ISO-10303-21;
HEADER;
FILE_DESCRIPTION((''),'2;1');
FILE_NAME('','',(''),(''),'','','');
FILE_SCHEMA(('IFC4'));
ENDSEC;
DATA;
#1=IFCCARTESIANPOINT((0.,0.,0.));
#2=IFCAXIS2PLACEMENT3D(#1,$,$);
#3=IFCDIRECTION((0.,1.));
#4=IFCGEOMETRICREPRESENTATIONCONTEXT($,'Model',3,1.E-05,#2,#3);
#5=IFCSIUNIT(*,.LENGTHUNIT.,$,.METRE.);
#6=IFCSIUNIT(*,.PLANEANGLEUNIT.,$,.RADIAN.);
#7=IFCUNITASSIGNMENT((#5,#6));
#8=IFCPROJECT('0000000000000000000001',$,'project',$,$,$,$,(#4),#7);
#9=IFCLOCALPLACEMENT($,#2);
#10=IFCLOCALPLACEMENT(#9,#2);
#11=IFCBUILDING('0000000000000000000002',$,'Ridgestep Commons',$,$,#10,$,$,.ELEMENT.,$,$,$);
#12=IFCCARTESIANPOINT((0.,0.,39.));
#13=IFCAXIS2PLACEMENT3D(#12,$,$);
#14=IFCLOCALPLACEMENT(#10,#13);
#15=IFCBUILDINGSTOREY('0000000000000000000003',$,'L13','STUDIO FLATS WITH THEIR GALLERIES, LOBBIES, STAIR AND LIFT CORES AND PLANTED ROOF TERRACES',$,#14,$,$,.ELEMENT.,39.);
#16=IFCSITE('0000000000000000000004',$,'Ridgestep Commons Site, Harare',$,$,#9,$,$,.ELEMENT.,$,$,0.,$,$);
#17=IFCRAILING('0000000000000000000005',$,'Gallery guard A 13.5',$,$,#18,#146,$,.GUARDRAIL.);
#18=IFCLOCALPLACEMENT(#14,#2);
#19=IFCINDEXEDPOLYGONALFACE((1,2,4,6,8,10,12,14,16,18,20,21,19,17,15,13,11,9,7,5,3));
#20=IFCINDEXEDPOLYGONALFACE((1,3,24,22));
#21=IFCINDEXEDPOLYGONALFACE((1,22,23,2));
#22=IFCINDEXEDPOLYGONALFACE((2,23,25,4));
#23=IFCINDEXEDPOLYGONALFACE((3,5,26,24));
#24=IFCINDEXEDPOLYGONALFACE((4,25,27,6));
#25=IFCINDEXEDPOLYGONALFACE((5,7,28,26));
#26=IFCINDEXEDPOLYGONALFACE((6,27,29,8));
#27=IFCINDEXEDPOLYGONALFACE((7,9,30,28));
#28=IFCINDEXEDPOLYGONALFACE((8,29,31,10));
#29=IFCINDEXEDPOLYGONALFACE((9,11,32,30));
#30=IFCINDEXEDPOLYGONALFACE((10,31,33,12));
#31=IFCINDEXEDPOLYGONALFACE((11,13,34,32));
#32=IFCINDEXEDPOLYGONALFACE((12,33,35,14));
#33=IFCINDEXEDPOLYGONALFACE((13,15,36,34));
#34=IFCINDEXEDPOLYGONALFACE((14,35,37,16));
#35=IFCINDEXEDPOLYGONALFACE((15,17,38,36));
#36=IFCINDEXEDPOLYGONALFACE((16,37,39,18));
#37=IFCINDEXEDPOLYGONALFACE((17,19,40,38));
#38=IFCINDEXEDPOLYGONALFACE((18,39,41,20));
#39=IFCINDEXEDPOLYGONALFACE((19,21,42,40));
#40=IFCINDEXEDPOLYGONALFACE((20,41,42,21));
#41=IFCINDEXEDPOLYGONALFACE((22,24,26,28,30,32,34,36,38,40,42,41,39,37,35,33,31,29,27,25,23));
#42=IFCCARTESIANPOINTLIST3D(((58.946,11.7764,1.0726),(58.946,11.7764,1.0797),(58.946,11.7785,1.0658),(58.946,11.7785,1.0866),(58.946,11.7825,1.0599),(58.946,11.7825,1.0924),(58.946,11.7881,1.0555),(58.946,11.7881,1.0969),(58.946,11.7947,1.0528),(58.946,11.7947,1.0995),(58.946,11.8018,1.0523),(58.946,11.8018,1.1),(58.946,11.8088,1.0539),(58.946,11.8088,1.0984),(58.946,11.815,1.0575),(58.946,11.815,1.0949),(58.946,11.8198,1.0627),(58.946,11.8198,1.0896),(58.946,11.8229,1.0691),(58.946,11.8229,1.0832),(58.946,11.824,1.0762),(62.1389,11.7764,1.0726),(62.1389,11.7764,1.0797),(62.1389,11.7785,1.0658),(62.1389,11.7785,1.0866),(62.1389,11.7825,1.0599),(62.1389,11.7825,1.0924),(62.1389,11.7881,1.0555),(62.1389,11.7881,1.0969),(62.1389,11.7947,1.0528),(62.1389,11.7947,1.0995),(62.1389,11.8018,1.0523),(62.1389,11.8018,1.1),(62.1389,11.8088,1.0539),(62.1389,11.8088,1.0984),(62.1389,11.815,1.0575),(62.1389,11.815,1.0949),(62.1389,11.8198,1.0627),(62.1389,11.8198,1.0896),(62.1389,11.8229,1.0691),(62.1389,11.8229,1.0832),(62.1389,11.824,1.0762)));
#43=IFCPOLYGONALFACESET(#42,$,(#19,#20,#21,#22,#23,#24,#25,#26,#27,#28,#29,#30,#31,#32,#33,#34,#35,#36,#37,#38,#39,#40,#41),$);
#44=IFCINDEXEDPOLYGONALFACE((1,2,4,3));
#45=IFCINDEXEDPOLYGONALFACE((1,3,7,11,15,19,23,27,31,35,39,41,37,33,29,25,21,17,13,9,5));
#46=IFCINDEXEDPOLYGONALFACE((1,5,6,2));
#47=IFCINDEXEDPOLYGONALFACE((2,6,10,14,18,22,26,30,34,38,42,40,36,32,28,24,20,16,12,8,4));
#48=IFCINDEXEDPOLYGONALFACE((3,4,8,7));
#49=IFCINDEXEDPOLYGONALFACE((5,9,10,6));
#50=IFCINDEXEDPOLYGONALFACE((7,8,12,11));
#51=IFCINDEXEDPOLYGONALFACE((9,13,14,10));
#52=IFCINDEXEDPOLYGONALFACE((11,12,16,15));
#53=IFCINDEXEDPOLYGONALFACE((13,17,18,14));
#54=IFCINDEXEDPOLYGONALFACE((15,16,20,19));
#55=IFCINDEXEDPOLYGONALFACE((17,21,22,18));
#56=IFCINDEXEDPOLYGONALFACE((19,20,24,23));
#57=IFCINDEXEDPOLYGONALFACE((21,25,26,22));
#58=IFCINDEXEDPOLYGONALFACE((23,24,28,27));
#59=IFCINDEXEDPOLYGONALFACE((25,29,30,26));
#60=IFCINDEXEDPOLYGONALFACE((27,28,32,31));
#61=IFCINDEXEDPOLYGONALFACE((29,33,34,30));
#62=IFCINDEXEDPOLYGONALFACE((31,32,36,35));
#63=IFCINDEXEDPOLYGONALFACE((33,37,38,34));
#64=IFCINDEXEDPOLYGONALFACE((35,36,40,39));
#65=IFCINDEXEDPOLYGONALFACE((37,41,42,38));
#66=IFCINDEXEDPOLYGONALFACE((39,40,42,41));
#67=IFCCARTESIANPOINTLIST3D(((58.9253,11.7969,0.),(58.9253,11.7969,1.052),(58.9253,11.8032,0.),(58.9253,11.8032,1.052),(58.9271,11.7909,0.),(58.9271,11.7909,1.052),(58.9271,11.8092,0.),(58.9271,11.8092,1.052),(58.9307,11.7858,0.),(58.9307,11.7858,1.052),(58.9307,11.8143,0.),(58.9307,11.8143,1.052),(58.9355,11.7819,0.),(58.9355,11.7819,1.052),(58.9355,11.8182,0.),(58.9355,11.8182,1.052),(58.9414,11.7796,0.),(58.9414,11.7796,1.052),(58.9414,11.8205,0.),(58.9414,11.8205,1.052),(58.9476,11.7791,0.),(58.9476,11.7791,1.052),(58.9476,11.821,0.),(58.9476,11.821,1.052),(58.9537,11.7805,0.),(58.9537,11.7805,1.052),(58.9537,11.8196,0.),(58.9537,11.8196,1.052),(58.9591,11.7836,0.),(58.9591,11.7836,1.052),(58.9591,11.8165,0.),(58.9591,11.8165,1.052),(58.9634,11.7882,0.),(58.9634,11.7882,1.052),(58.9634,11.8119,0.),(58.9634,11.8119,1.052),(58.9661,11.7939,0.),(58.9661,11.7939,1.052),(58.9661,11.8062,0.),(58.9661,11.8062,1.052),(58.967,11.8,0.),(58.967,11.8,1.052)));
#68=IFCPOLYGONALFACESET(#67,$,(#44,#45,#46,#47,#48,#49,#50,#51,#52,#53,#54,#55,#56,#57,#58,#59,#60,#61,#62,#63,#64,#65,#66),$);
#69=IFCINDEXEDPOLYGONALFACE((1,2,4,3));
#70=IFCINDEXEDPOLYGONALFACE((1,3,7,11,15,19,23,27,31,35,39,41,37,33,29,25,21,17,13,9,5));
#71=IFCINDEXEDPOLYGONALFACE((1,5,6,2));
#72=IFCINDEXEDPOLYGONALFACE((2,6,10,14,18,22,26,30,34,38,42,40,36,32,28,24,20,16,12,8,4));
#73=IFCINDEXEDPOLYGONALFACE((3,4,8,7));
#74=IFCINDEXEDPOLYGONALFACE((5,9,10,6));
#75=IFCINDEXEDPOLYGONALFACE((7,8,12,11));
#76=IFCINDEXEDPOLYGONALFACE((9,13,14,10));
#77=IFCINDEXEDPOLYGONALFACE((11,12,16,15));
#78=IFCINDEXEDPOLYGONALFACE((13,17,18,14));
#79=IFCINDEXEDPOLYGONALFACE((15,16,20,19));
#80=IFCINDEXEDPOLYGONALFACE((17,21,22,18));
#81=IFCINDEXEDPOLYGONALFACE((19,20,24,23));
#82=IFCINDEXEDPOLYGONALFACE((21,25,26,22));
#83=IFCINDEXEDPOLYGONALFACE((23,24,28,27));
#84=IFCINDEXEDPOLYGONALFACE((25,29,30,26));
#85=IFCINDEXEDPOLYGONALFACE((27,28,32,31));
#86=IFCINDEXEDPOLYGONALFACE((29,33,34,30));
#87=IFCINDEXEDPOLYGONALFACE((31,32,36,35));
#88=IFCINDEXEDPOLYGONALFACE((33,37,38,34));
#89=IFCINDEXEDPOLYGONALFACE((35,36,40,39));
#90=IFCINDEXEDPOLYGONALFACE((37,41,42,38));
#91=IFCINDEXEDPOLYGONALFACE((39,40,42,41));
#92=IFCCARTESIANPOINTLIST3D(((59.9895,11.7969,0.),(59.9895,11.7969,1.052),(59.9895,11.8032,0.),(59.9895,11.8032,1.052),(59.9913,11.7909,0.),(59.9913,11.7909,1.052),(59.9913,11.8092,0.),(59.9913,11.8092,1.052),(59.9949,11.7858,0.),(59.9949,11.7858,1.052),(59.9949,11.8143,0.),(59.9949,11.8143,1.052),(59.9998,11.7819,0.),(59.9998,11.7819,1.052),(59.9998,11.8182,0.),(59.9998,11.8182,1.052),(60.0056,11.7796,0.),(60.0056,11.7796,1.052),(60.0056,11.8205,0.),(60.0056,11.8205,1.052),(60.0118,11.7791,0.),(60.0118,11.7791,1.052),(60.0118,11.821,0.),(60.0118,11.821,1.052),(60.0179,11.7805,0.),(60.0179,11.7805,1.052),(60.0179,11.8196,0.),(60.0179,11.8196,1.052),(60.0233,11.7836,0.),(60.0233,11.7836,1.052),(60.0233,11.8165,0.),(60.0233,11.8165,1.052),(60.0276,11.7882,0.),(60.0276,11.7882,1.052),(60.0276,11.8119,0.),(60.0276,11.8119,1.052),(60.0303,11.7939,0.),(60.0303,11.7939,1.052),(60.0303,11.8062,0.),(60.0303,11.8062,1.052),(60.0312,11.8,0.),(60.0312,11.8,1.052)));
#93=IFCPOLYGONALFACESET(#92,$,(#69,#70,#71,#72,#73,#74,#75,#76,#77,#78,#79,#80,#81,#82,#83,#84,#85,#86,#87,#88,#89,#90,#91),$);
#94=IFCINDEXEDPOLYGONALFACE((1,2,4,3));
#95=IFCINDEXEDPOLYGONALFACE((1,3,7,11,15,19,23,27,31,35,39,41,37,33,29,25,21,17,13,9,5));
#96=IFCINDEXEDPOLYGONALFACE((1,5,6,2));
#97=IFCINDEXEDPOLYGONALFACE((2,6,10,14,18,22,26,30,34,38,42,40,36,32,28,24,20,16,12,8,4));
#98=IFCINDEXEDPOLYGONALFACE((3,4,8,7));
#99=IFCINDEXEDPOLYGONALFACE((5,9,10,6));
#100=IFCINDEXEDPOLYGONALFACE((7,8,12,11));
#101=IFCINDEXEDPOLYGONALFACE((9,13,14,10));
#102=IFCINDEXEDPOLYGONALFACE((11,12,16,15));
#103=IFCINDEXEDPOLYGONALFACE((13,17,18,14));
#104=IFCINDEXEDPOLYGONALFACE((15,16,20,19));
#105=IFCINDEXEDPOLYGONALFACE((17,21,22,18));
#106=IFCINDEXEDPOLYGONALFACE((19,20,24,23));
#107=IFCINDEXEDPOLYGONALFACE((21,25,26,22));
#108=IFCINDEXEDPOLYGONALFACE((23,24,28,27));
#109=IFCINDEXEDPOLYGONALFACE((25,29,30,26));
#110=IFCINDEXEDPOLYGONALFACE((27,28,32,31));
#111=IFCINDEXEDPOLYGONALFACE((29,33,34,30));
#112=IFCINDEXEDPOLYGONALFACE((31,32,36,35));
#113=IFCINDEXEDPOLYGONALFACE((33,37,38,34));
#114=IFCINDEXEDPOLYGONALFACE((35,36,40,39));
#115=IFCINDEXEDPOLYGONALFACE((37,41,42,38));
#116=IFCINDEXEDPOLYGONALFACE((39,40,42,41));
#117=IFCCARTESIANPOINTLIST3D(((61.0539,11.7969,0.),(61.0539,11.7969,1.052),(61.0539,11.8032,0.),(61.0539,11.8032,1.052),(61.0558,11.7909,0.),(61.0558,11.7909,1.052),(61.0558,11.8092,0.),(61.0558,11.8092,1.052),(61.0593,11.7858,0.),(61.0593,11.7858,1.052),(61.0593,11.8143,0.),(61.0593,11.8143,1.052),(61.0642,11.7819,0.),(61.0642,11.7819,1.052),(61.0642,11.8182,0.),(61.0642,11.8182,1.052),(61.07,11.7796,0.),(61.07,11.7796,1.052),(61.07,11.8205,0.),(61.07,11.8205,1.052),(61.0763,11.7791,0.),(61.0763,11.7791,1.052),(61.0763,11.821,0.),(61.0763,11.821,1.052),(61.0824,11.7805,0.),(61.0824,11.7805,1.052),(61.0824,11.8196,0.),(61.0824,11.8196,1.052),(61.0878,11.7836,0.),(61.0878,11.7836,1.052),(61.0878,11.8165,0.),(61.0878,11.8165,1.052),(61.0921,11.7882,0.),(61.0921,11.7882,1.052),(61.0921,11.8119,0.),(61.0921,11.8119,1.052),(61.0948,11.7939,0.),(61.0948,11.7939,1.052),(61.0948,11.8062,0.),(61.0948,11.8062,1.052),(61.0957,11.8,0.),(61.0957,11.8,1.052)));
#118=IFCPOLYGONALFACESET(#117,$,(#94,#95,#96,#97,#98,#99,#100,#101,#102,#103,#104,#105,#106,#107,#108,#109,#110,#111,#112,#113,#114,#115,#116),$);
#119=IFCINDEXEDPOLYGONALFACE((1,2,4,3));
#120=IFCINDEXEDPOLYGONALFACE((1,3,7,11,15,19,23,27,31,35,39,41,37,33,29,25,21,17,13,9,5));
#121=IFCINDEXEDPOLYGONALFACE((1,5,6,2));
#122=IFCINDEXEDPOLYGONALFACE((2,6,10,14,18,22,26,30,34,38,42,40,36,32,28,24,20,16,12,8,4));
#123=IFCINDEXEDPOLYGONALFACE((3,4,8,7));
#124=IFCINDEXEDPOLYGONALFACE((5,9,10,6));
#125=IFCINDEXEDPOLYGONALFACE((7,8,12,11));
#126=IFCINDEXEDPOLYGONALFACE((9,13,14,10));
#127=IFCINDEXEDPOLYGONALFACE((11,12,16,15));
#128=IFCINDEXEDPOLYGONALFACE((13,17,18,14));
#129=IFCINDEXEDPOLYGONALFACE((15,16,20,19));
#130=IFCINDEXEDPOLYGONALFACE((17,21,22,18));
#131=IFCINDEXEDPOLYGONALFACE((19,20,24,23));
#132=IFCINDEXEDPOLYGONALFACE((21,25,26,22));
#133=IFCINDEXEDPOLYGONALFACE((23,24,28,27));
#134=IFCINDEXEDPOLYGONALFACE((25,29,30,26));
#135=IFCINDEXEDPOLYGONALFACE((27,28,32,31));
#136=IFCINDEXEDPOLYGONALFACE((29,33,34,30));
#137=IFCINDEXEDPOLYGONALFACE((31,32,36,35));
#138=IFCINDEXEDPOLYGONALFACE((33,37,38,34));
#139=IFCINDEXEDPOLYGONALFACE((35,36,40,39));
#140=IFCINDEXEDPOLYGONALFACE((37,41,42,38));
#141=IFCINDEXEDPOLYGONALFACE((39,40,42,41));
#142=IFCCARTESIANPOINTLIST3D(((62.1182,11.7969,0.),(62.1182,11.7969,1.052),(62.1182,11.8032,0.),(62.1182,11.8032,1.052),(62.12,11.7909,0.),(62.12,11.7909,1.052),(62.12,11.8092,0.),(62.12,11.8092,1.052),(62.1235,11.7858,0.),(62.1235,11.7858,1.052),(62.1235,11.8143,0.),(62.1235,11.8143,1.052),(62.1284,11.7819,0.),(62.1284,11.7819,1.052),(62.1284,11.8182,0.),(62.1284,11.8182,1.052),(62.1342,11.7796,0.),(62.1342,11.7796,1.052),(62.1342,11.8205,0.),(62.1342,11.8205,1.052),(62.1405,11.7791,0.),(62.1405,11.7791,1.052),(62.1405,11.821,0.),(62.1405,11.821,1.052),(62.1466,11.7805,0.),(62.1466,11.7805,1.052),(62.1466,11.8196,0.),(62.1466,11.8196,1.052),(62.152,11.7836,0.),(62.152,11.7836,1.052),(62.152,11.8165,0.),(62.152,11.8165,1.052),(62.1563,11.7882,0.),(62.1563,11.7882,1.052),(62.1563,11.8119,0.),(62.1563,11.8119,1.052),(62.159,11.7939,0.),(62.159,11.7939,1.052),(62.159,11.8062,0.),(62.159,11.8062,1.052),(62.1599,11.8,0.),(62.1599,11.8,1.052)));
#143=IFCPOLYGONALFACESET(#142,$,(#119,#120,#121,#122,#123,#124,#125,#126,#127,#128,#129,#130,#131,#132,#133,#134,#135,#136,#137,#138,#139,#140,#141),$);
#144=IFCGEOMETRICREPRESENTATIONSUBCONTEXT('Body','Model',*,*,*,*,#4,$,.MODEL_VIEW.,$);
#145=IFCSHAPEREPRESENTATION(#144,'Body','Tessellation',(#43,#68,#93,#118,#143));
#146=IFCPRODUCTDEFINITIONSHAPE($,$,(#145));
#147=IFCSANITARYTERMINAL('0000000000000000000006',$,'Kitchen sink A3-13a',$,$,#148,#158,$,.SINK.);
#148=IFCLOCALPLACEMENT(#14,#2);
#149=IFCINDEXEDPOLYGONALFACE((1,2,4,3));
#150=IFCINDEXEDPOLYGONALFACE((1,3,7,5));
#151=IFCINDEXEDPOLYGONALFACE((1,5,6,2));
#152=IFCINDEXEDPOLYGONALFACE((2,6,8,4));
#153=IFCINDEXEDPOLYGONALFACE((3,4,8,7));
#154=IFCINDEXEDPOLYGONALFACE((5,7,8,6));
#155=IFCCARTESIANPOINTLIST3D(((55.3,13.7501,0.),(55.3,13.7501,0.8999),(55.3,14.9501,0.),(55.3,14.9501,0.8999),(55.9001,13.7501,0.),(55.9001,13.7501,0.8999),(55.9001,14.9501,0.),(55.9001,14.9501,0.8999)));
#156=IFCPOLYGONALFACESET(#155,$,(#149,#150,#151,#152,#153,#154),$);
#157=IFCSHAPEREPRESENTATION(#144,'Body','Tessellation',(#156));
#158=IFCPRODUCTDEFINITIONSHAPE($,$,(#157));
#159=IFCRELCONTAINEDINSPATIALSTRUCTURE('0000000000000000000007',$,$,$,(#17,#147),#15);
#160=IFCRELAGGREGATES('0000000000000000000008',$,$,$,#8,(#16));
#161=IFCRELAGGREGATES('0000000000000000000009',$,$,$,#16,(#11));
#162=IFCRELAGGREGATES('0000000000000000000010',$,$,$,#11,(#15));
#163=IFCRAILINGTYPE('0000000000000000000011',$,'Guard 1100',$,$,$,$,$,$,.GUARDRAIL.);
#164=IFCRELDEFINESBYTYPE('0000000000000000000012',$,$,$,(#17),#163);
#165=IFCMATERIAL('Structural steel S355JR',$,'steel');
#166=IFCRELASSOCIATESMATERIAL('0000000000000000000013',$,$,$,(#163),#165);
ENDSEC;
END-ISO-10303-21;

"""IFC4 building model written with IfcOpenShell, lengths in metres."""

from ifc_helpers import new_model, si_unit, direction, frame, origin, origin_2d, place, context, subcontext, project, spatial, rectangle, circle, extrude, material, type_object, element, save


model = new_model("IFC4")

# Units and contexts
model_context = context("Model", 3, precision=1e-05, world=origin(), true_north=direction((0.0, 1.0)))
body_context = subcontext(model_context, "Body", "Model", "MODEL_VIEW")
ifc_project = project(units=[si_unit("LENGTHUNIT", "METRE"), si_unit("PLANEANGLEUNIT", "RADIAN")], contexts=[model_context])

# Site, building, storey
site_placement = place(None, origin())
site = spatial("IfcSite", under=ifc_project, at=site_placement, Name="Ridgestep Commons Site, Harare", CompositionType="ELEMENT", RefElevation=0.0)
building_placement = place(site_placement, origin())
building = spatial("IfcBuilding", under=site, at=building_placement, Name="Ridgestep Commons", CompositionType="ELEMENT")
storey_placement = place(building_placement, frame((0.0, 0.0, 39.0)))
storey = spatial("IfcBuildingStorey", under=building, at=storey_placement, Name="L13", Description="STUDIO FLATS WITH THEIR GALLERIES, LOBBIES, STAIR AND LIFT CORES AND PLANTED ROOF TERRACES", CompositionType="ELEMENT", Elevation=39.0)

# Railing
ifc_material_1 = material(Name="Structural steel S355JR", Category="steel")
railing_type = type_object("IfcRailingType", Name="Guard 1100", PredefinedType="GUARDRAIL", material=ifc_material_1)
railing_1_placement = place(storey_placement, frame((58.946, 11.8, 0.0)))
element("IfcRailing", 1, at=railing_1_placement, inside=storey, type_object=railing_type, Name="Gallery guard A 13.5", PredefinedType="GUARDRAIL", context=body_context, shape_type="SweptSolid", body=[
    extrude(circle(Radius=0.0239, at=origin_2d()), frame((0.0, 0.0, 1.0762), z_axis=(1.0, 0.0, 0.0), x_axis=(0.0, 1.0, 0.0)), (0.0, 0.0, 1.0), 3.1929),
    extrude(circle(Radius=0.021, at=origin_2d()), origin(), (0.0, 0.0, 1.0), 1.052),
    extrude(circle(Radius=0.021, at=origin_2d()), frame((1.0642, 0.0, 0.0)), (0.0, 0.0, 1.0), 1.052),
    extrude(circle(Radius=0.021, at=origin_2d()), frame((2.1287, 0.0, 0.0)), (0.0, 0.0, 1.0), 1.052),
    extrude(circle(Radius=0.021, at=origin_2d()), frame((3.1929, 0.0, 0.0)), (0.0, 0.0, 1.0), 1.052),
])

# Sanitary terminal
sanitary_terminal_placement = place(storey_placement, frame((55.6001, 14.3501, 0.0), z_axis=(0.0, 0.0, 1.0), x_axis=(1.0, 0.0, 0.0)))
element("IfcSanitaryTerminal", 2, at=sanitary_terminal_placement, inside=storey, Name="Kitchen sink A3-13a", PredefinedType="SINK", context=body_context, shape_type="SweptSolid", body=[
    extrude(rectangle(XDim=0.6001, YDim=1.2, at=origin_2d()), origin(), (0.0, 0.0, 1.0), 0.8999),
])

save(model, "model.ifc")
